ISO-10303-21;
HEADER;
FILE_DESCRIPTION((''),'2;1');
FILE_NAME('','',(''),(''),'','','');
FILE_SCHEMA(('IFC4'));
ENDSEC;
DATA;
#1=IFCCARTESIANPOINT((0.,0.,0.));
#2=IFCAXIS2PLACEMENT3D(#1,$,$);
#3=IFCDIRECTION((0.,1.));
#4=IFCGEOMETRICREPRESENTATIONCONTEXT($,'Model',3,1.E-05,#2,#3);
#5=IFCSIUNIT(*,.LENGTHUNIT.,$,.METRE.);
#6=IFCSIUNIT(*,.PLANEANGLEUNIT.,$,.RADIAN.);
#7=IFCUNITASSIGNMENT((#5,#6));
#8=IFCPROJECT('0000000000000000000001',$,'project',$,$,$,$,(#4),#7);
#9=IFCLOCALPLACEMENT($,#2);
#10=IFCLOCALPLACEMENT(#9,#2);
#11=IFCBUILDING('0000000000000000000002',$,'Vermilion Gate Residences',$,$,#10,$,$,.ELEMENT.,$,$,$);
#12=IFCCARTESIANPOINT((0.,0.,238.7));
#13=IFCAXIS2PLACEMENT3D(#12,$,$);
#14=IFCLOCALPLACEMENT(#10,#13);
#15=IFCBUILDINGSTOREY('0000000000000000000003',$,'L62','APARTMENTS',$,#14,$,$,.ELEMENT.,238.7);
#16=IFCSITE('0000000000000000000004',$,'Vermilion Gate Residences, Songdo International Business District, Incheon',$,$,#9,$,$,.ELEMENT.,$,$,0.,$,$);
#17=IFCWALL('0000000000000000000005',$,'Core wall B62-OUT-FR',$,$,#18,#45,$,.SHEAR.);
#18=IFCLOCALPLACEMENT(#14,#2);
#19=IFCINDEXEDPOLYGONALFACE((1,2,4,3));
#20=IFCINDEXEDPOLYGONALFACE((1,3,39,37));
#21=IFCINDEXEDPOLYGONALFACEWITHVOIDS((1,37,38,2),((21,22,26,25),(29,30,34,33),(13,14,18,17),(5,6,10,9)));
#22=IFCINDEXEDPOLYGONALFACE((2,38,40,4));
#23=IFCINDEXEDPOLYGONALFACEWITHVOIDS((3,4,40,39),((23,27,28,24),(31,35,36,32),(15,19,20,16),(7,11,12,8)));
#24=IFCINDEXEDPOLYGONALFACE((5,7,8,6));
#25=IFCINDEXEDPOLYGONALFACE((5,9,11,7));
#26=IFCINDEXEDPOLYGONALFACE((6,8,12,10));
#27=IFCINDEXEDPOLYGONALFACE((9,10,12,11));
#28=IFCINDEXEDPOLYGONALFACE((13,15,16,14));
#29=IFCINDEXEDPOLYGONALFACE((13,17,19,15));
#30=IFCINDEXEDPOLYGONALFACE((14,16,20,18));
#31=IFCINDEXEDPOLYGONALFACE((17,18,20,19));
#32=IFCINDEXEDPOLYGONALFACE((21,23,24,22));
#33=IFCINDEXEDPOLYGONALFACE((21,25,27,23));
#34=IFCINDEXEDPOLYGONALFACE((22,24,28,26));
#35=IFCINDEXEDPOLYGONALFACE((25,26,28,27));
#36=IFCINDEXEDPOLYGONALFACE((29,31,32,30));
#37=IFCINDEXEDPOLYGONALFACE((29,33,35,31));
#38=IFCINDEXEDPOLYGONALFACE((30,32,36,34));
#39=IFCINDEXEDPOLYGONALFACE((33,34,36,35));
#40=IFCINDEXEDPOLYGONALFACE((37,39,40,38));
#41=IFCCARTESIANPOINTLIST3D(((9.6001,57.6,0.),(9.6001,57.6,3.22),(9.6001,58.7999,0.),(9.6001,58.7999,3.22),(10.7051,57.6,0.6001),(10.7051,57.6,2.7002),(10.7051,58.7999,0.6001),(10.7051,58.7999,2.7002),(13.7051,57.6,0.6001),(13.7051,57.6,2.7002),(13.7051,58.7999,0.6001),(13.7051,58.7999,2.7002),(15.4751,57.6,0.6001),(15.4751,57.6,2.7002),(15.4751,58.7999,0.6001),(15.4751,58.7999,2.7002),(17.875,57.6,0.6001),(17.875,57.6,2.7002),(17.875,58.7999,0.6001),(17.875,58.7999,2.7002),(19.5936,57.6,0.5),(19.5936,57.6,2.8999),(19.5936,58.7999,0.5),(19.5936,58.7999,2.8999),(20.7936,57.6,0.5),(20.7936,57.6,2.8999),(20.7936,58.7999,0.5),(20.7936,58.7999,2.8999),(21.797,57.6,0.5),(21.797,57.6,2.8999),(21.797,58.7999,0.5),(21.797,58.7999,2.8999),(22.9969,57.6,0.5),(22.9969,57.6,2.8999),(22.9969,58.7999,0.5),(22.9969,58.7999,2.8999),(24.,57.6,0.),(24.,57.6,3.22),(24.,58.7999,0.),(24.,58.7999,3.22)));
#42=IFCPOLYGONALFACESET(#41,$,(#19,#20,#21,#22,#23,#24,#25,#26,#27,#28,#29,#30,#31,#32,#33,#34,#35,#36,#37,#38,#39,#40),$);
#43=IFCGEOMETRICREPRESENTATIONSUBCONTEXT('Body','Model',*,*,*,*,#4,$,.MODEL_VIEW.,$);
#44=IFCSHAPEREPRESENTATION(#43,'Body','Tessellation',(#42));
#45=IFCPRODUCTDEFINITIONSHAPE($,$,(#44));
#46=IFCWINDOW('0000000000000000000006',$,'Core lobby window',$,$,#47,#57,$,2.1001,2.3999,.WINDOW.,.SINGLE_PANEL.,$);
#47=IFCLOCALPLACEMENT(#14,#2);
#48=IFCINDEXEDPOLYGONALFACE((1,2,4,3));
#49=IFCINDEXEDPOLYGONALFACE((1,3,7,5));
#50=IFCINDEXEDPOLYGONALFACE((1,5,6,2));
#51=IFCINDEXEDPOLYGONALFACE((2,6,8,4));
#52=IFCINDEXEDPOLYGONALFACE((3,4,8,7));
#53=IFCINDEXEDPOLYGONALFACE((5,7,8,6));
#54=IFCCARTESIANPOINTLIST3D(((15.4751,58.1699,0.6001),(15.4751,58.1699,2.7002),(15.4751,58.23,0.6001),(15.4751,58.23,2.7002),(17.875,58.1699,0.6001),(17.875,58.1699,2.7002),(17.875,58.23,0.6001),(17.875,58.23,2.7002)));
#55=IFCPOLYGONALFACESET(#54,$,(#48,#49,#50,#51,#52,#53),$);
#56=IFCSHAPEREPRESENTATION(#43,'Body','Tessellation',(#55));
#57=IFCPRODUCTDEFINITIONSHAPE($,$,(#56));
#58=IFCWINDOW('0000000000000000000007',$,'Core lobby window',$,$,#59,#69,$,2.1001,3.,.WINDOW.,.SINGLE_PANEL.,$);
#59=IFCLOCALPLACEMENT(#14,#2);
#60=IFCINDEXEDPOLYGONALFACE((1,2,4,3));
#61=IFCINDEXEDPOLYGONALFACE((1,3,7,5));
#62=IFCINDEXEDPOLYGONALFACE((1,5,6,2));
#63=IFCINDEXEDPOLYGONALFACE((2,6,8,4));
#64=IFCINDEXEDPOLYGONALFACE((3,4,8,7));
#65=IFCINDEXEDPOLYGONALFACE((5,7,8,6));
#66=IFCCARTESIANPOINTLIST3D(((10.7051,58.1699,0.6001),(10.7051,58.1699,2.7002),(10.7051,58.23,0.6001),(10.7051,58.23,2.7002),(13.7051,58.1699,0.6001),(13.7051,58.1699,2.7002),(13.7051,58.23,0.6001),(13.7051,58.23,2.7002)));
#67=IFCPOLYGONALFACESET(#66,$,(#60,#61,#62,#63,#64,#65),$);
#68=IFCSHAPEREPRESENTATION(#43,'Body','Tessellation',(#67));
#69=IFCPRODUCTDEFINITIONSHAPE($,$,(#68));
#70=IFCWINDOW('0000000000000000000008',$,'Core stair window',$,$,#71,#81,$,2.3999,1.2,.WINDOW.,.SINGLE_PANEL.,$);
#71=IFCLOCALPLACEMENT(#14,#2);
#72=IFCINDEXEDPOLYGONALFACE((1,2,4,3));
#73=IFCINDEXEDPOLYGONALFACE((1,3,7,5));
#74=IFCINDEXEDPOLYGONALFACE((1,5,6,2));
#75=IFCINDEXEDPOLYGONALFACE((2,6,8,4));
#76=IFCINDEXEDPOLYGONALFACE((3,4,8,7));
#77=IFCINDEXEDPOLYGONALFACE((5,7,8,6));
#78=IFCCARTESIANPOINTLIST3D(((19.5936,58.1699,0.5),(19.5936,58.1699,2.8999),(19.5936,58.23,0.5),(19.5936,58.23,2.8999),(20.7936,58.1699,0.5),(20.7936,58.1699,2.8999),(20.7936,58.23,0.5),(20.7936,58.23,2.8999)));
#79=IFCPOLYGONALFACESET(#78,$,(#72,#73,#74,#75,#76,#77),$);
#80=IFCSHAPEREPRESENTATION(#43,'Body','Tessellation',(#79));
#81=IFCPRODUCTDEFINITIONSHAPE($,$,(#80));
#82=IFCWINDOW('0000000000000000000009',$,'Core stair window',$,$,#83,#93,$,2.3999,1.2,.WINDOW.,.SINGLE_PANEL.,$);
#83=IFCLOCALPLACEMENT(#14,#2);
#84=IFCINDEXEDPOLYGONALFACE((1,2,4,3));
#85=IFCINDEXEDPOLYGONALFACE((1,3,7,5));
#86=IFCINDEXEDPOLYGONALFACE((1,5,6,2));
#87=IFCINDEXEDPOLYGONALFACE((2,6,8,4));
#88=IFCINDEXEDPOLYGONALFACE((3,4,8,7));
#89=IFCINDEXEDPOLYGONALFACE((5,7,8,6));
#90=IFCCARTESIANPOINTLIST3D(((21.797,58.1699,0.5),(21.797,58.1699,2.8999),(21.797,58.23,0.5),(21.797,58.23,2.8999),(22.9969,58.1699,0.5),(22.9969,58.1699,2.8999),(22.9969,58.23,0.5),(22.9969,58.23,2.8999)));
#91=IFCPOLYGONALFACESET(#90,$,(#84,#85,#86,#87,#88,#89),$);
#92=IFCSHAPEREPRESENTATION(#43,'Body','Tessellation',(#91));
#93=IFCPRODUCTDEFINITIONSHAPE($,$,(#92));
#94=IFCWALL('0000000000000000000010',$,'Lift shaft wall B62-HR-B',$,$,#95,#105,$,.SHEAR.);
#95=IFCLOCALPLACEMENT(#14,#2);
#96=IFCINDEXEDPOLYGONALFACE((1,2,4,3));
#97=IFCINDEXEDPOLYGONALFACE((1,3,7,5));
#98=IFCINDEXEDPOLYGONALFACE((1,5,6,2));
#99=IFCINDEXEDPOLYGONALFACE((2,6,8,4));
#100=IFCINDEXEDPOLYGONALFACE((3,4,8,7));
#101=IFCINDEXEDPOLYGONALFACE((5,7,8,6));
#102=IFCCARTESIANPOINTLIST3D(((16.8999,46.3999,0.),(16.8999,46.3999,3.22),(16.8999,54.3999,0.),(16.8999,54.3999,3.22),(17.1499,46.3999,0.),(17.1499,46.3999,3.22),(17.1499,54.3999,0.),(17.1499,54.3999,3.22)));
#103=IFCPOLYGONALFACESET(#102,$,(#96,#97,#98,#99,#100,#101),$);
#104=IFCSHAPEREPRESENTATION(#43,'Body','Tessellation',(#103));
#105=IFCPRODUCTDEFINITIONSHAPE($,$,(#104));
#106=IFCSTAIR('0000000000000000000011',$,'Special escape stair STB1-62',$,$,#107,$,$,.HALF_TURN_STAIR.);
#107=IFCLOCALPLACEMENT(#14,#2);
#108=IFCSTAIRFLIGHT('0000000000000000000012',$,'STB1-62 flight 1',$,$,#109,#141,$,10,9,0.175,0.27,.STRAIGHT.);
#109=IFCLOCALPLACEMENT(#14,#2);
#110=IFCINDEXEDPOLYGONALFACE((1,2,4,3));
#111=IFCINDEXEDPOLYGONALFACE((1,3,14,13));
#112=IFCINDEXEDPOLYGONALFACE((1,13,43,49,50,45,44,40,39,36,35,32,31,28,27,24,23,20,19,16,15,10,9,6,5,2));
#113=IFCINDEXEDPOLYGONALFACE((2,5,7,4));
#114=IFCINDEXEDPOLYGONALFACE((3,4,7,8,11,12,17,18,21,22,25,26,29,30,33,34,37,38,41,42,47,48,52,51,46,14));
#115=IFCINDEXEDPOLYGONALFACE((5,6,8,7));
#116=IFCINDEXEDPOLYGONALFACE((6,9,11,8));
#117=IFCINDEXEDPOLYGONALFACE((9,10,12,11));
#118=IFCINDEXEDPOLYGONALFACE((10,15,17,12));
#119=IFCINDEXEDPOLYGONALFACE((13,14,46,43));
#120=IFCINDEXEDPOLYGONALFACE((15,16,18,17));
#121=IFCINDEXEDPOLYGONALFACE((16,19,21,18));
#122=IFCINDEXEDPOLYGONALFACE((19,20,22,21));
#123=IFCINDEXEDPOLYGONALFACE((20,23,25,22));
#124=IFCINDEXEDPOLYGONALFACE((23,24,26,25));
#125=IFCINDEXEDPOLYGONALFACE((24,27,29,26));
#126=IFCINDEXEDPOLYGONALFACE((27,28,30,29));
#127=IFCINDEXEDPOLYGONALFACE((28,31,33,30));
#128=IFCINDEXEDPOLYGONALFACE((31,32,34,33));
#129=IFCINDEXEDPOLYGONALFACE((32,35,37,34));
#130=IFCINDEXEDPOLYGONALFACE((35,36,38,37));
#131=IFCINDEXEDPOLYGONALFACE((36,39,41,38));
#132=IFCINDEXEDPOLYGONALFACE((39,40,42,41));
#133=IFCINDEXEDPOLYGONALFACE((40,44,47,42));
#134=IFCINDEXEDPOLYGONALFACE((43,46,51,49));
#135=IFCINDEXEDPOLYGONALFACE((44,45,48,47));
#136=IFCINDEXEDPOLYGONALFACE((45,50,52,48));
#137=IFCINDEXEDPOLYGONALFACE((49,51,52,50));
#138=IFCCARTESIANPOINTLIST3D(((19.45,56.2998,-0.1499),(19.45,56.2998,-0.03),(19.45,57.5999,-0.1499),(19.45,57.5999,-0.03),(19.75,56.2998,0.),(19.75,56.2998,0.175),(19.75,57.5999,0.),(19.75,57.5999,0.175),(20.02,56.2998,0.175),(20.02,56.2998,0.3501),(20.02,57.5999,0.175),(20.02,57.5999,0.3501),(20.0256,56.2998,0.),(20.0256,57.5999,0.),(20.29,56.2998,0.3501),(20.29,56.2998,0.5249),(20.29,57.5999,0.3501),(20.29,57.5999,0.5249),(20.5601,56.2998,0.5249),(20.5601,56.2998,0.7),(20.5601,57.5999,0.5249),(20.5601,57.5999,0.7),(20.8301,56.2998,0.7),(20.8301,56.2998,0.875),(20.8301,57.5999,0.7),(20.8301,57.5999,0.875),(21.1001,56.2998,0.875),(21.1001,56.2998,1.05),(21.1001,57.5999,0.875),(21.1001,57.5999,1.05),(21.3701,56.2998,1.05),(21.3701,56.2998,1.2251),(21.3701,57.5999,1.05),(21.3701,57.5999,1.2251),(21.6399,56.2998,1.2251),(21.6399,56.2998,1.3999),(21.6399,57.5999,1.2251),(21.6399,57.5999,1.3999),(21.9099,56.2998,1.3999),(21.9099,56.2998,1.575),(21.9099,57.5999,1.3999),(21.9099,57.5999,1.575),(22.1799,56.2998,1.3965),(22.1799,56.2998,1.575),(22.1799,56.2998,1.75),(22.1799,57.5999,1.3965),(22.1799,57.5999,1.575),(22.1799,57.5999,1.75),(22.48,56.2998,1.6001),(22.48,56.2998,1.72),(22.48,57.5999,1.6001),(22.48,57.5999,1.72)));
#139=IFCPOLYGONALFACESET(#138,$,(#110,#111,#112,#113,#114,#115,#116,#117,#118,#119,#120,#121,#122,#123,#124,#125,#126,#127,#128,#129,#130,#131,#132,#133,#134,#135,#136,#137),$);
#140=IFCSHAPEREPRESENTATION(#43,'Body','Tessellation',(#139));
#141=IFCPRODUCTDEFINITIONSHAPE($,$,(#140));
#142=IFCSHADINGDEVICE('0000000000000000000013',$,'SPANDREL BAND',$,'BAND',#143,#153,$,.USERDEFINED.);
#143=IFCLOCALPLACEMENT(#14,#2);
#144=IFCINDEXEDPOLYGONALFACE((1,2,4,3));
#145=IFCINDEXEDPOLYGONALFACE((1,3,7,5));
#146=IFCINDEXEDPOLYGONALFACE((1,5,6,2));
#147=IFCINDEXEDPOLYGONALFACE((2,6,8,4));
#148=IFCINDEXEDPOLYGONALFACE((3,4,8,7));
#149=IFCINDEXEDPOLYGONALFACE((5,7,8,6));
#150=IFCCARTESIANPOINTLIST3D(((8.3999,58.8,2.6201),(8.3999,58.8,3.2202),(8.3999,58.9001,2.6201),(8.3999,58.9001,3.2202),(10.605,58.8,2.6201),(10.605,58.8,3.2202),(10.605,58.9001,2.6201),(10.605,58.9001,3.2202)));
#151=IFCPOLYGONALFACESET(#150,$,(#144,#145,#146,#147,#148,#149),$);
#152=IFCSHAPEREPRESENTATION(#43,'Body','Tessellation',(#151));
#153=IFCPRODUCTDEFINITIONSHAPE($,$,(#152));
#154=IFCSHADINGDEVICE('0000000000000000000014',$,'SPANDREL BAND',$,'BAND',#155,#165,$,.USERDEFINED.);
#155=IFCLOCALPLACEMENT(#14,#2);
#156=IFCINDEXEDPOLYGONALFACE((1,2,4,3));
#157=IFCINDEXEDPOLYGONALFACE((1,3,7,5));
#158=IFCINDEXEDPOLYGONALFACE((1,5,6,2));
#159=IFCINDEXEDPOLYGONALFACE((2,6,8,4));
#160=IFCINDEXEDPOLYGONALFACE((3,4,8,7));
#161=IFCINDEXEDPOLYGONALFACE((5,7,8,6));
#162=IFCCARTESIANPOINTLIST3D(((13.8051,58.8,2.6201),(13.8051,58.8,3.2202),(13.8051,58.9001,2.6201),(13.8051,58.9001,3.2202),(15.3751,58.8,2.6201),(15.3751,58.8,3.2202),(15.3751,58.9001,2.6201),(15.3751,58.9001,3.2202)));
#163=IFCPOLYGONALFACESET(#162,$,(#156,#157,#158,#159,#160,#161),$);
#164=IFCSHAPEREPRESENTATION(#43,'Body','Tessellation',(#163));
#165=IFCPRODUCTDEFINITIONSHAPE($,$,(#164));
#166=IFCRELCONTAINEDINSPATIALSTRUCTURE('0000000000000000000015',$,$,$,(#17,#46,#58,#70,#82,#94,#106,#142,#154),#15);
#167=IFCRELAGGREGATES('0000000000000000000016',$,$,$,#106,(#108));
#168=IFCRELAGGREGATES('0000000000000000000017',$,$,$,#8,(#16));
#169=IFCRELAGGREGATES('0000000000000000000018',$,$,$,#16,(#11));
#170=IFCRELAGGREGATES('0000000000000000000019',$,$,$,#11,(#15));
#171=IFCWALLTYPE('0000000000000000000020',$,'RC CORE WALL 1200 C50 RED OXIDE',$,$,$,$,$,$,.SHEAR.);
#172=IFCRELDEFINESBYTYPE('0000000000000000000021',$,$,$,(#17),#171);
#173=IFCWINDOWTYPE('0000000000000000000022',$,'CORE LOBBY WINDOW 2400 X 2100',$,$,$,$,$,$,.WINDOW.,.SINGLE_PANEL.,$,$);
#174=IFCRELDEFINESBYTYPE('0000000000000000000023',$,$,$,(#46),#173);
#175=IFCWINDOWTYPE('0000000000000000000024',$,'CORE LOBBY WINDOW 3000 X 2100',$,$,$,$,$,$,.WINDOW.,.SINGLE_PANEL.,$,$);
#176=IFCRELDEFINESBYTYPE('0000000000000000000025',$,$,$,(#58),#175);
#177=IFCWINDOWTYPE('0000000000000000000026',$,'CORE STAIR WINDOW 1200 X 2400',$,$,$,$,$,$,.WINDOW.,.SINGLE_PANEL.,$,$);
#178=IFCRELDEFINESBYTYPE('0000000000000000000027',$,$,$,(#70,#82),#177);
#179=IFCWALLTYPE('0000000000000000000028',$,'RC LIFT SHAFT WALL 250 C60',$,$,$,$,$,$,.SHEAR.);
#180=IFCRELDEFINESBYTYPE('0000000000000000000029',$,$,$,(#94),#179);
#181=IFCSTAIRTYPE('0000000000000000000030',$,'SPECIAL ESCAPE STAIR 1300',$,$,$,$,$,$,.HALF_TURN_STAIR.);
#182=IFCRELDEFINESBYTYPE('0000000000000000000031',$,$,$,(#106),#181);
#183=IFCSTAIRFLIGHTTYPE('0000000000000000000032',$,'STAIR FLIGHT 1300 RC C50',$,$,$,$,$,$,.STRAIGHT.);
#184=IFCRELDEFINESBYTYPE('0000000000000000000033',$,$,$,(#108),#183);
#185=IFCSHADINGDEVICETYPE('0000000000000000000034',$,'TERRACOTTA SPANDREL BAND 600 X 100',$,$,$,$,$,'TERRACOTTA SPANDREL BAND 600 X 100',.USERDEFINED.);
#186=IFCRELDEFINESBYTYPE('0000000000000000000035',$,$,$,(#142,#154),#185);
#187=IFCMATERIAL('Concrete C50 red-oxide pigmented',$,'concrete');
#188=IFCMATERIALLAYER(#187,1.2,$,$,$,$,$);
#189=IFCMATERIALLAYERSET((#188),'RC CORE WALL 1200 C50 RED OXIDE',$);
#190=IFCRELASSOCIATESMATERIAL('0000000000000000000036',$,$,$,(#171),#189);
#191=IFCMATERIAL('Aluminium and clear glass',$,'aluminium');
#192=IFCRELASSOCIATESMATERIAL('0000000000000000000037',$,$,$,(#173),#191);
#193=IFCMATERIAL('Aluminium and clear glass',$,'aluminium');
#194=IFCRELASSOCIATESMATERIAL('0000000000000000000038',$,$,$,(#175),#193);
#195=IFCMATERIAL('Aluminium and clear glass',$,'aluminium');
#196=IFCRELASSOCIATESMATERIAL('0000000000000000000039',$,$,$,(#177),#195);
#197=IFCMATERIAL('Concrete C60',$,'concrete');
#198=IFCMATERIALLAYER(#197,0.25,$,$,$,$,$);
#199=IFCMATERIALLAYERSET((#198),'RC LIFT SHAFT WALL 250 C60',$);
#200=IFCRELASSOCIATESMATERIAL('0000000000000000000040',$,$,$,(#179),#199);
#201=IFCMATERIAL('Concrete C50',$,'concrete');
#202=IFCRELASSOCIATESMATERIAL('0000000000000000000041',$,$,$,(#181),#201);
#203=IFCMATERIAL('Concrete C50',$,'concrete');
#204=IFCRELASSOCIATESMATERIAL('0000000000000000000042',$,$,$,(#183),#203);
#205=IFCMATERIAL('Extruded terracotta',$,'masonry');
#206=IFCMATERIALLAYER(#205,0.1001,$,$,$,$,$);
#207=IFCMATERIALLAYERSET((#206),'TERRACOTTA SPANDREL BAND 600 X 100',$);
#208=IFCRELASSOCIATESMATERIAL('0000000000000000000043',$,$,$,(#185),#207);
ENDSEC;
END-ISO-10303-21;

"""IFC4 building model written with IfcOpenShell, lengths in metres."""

from ifc_helpers import new_model, si_unit, direction, frame, frame_2d, origin, origin_2d, place, context, subcontext, project, spatial, polyline, rectangle, outline, extrude, material, layer, layer_set, type_object, element, fill, aggregate, save


model = new_model("IFC4")

# Units and contexts
model_context = context("Model", 3, precision=1e-05, world=origin(), true_north=direction((0.0, 1.0)))
body_context = subcontext(model_context, "Body", "Model", "MODEL_VIEW")
ifc_project = project(units=[si_unit("LENGTHUNIT", "METRE"), si_unit("PLANEANGLEUNIT", "RADIAN")], contexts=[model_context])

# Site, building, storey
site_placement = place(None, origin())
site = spatial("IfcSite", under=ifc_project, at=site_placement, Name="Vermilion Gate Residences, Songdo International Business District, Incheon", CompositionType="ELEMENT", RefElevation=0.0)
building_placement = place(site_placement, origin())
building = spatial("IfcBuilding", under=site, at=building_placement, Name="Vermilion Gate Residences", CompositionType="ELEMENT")
storey_placement = place(building_placement, frame((0.0, 0.0, 238.7)))
storey = spatial("IfcBuildingStorey", under=building, at=storey_placement, Name="L62", Description="APARTMENTS", CompositionType="ELEMENT", Elevation=238.7)

# Wall, openings, windows
ifc_material_1 = material(Name="Concrete C50 red-oxide pigmented", Category="concrete")
ifc_layer_1 = layer(ifc_material_1, 1.2)
ifc_layer_set_1 = layer_set([ifc_layer_1], Name="RC CORE WALL 1200 C50 RED OXIDE")
wall_type_1 = type_object("IfcWallType", Name="RC CORE WALL 1200 C50 RED OXIDE", PredefinedType="SHEAR", material=ifc_layer_set_1)
ifc_material_2 = material(Name="Aluminium and clear glass", Category="aluminium")
window_type_1 = type_object("IfcWindowType", Name="CORE LOBBY WINDOW 2400 X 2100", PartitioningType="SINGLE_PANEL", PredefinedType="WINDOW", material=ifc_material_2)
wall_1_placement = place(storey_placement, frame((9.6001, 58.2, 0.0), z_axis=(0.0, 0.0, 1.0), x_axis=(1.0, 0.0, 0.0)))
wall_1 = element("IfcWall", 1, at=wall_1_placement, inside=storey, type_object=wall_type_1, Name="Core wall B62-OUT-FR", PredefinedType="SHEAR", context=body_context, shape_type="SweptSolid", body=[
    extrude(rectangle(XDim=14.3999, YDim=1.2, at=frame_2d((7.2, 0.0))), origin(), (0.0, 0.0, 1.0), 3.22),
])
opening_1_placement = place(wall_1_placement, frame((1.105, 0.0, 0.6001)))
opening_1 = element("IfcOpeningElement", 2, at=opening_1_placement, cuts=wall_1, PredefinedType="OPENING", context=body_context, shape_type="SweptSolid", body=[
    extrude(rectangle(XDim=3.0, YDim=2.1001, at=frame_2d((1.5, 1.05))), frame((0.0, 0.6099, 0.0), z_axis=(0.0, -1.0, 0.0), x_axis=(1.0, 0.0, 0.0)), (0.0, 0.0, 1.0), 1.22),
])
opening_2_placement = place(wall_1_placement, frame((5.875, 0.0, 0.6001)))
opening_2 = element("IfcOpeningElement", 3, at=opening_2_placement, cuts=wall_1, PredefinedType="OPENING", context=body_context, shape_type="SweptSolid", body=[
    extrude(rectangle(XDim=2.3999, YDim=2.1001, at=frame_2d((1.2, 1.05))), frame((0.0, 0.6099, 0.0), z_axis=(0.0, -1.0, 0.0), x_axis=(1.0, 0.0, 0.0)), (0.0, 0.0, 1.0), 1.22),
])
opening_3_placement = place(wall_1_placement, frame((9.9934, 0.0, 0.5)))
opening_3 = element("IfcOpeningElement", 4, at=opening_3_placement, cuts=wall_1, PredefinedType="OPENING", context=body_context, shape_type="SweptSolid", body=[
    extrude(rectangle(XDim=1.2, YDim=2.3999, at=frame_2d((0.6001, 1.2))), frame((0.0, 0.6099, 0.0), z_axis=(0.0, -1.0, 0.0), x_axis=(1.0, 0.0, 0.0)), (0.0, 0.0, 1.0), 1.22),
])
opening_4_placement = place(wall_1_placement, frame((12.1968, 0.0, 0.5)))
opening_4 = element("IfcOpeningElement", 5, at=opening_4_placement, cuts=wall_1, PredefinedType="OPENING", context=body_context, shape_type="SweptSolid", body=[
    extrude(rectangle(XDim=1.2, YDim=2.3999, at=frame_2d((0.6001, 1.2))), frame((0.0, 0.6099, 0.0), z_axis=(0.0, -1.0, 0.0), x_axis=(1.0, 0.0, 0.0)), (0.0, 0.0, 1.0), 1.22),
])
window_1_placement = place(opening_2_placement, origin())
window_1 = element("IfcWindow", 6, at=window_1_placement, inside=storey, type_object=window_type_1, Name="Core lobby window", OverallHeight=2.1001, OverallWidth=2.3999, PartitioningType="SINGLE_PANEL", PredefinedType="WINDOW", context=body_context, shape_type="SweptSolid", body=[
    extrude(rectangle(XDim=2.3999, YDim=2.1001, at=frame_2d((1.2, 1.05))), frame((0.0, 0.03, 0.0), z_axis=(0.0, -1.0, 0.0), x_axis=(1.0, 0.0, 0.0)), (0.0, 0.0, 1.0), 0.0601),
])
fill(opening_2, window_1)
ifc_material_3 = material(Name="Aluminium and clear glass", Category="aluminium")
window_type_2 = type_object("IfcWindowType", Name="CORE LOBBY WINDOW 3000 X 2100", PartitioningType="SINGLE_PANEL", PredefinedType="WINDOW", material=ifc_material_3)
window_2_placement = place(opening_1_placement, origin())
window_2 = element("IfcWindow", 7, at=window_2_placement, inside=storey, type_object=window_type_2, Name="Core lobby window", OverallHeight=2.1001, OverallWidth=3.0, PartitioningType="SINGLE_PANEL", PredefinedType="WINDOW", context=body_context, shape_type="SweptSolid", body=[
    extrude(rectangle(XDim=3.0, YDim=2.1001, at=frame_2d((1.5, 1.05))), frame((0.0, 0.03, 0.0), z_axis=(0.0, -1.0, 0.0), x_axis=(1.0, 0.0, 0.0)), (0.0, 0.0, 1.0), 0.0601),
])
fill(opening_1, window_2)
ifc_material_4 = material(Name="Aluminium and clear glass", Category="aluminium")
window_type_3 = type_object("IfcWindowType", Name="CORE STAIR WINDOW 1200 X 2400", PartitioningType="SINGLE_PANEL", PredefinedType="WINDOW", material=ifc_material_4)
window_3_placement = place(opening_3_placement, origin())
window_3 = element("IfcWindow", 8, at=window_3_placement, inside=storey, type_object=window_type_3, Name="Core stair window", OverallHeight=2.3999, OverallWidth=1.2, PartitioningType="SINGLE_PANEL", PredefinedType="WINDOW", context=body_context, shape_type="SweptSolid", body=[
    extrude(rectangle(XDim=1.2, YDim=2.3999, at=frame_2d((0.6001, 1.2))), frame((0.0, 0.03, 0.0), z_axis=(0.0, -1.0, 0.0), x_axis=(1.0, 0.0, 0.0)), (0.0, 0.0, 1.0), 0.0601),
])
fill(opening_3, window_3)
window_4_placement = place(opening_4_placement, origin())
window_4 = element("IfcWindow", 9, at=window_4_placement, inside=storey, type_object=window_type_3, Name="Core stair window", OverallHeight=2.3999, OverallWidth=1.2, PartitioningType="SINGLE_PANEL", PredefinedType="WINDOW", context=body_context, shape_type="SweptSolid", body=[
    extrude(rectangle(XDim=1.2, YDim=2.3999, at=frame_2d((0.6001, 1.2))), frame((0.0, 0.03, 0.0), z_axis=(0.0, -1.0, 0.0), x_axis=(1.0, 0.0, 0.0)), (0.0, 0.0, 1.0), 0.0601),
])
fill(opening_4, window_4)

# Wall
ifc_material_5 = material(Name="Concrete C60", Category="concrete")
ifc_layer_2 = layer(ifc_material_5, 0.25)
ifc_layer_set_2 = layer_set([ifc_layer_2], Name="RC LIFT SHAFT WALL 250 C60")
wall_type_2 = type_object("IfcWallType", Name="RC LIFT SHAFT WALL 250 C60", PredefinedType="SHEAR", material=ifc_layer_set_2)
wall_2_placement = place(storey_placement, frame((17.0249, 54.3999, 0.0), z_axis=(0.0, 0.0, 1.0), x_axis=(0.0, -1.0, 0.0)))
element("IfcWall", 10, at=wall_2_placement, inside=storey, type_object=wall_type_2, Name="Lift shaft wall B62-HR-B", PredefinedType="SHEAR", context=body_context, shape_type="SweptSolid", body=[
    extrude(rectangle(XDim=8.0, YDim=0.25, at=frame_2d((4.0, 0.0))), origin(), (0.0, 0.0, 1.0), 3.22),
])

# Stair, stair flight
ifc_material_6 = material(Name="Concrete C50", Category="concrete")
stair_type = type_object("IfcStairType", Name="SPECIAL ESCAPE STAIR 1300", PredefinedType="HALF_TURN_STAIR", material=ifc_material_6)
stair_placement = place(storey_placement, origin())
stair = element("IfcStair", 11, at=stair_placement, inside=storey, type_object=stair_type, Name="Special escape stair STB1-62", PredefinedType="HALF_TURN_STAIR")
ifc_material_7 = material(Name="Concrete C50", Category="concrete")
stair_flight_type = type_object("IfcStairFlightType", Name="STAIR FLIGHT 1300 RC C50", PredefinedType="STRAIGHT", material=ifc_material_7)
stair_flight_placement = place(storey_placement, frame((19.75, 56.95, 0.0), z_axis=(0.0, 0.0, 1.0), x_axis=(1.0, 0.0, 0.0)))
stair_flight = element("IfcStairFlight", 12, at=stair_flight_placement, type_object=stair_flight_type, Name="STB1-62 flight 1", NumberOfRisers=10, NumberOfTreads=9, PredefinedType="STRAIGHT", RiserHeight=0.175, TreadLength=0.27, context=body_context, shape_type="SweptSolid", body=[
    extrude(outline(polyline([(-0.3, -0.1499), (-0.3, -0.03), (0.0, 0.0), (0.0, 0.175), (0.27, 0.175), (0.27, 0.3501), (0.54, 0.3501), (0.54, 0.5249), (0.8101, 0.5249), (0.8101, 0.7), (1.0801, 0.7), (1.0801, 0.875), (1.3501, 0.875), (1.3501, 1.05), (1.6201, 1.05), (1.6201, 1.2251), (1.8899, 1.2251), (1.8899, 1.3999), (2.1599, 1.3999), (2.1599, 1.575), (2.4299, 1.575), (2.4299, 1.75), (2.73, 1.72), (2.73, 1.6001), (2.4299, 1.3965), (0.2756, 0.0), (-0.3, -0.1499)])), frame((0.0, 0.6499, 0.0), z_axis=(0.0, -1.0, 0.0), x_axis=(1.0, 0.0, 0.0)), (0.0, 0.0, 1.0), 1.3),
])
aggregate(stair, [stair_flight])

# Shading devices
ifc_material_8 = material(Name="Extruded terracotta", Category="masonry")
ifc_layer_3 = layer(ifc_material_8, 0.1001)
ifc_layer_set_3 = layer_set([ifc_layer_3], Name="TERRACOTTA SPANDREL BAND 600 X 100")
shading_device_type = type_object("IfcShadingDeviceType", Name="TERRACOTTA SPANDREL BAND 600 X 100", ElementType="TERRACOTTA SPANDREL BAND 600 X 100", PredefinedType="USERDEFINED", material=ifc_layer_set_3)
shading_device_1_placement = place(storey_placement, frame((9.5024, 58.8501, 2.6201), z_axis=(0.0, 0.0, 1.0), x_axis=(1.0, 0.0, 0.0)))
element("IfcShadingDevice", 13, at=shading_device_1_placement, inside=storey, type_object=shading_device_type, Name="SPANDREL BAND", ObjectType="BAND", PredefinedType="USERDEFINED", context=body_context, shape_type="SweptSolid", body=[
    extrude(rectangle(XDim=2.2051, YDim=0.1001, at=origin_2d()), origin(), (0.0, 0.0, 1.0), 0.6001),
])
shading_device_2_placement = place(storey_placement, frame((14.5901, 58.8501, 2.6201), z_axis=(0.0, 0.0, 1.0), x_axis=(1.0, 0.0, 0.0)))
element("IfcShadingDevice", 14, at=shading_device_2_placement, inside=storey, type_object=shading_device_type, Name="SPANDREL BAND", ObjectType="BAND", PredefinedType="USERDEFINED", context=body_context, shape_type="SweptSolid", body=[
    extrude(rectangle(XDim=1.5701, YDim=0.1001, at=origin_2d()), origin(), (0.0, 0.0, 1.0), 0.6001),
])

save(model, "model.ifc")
